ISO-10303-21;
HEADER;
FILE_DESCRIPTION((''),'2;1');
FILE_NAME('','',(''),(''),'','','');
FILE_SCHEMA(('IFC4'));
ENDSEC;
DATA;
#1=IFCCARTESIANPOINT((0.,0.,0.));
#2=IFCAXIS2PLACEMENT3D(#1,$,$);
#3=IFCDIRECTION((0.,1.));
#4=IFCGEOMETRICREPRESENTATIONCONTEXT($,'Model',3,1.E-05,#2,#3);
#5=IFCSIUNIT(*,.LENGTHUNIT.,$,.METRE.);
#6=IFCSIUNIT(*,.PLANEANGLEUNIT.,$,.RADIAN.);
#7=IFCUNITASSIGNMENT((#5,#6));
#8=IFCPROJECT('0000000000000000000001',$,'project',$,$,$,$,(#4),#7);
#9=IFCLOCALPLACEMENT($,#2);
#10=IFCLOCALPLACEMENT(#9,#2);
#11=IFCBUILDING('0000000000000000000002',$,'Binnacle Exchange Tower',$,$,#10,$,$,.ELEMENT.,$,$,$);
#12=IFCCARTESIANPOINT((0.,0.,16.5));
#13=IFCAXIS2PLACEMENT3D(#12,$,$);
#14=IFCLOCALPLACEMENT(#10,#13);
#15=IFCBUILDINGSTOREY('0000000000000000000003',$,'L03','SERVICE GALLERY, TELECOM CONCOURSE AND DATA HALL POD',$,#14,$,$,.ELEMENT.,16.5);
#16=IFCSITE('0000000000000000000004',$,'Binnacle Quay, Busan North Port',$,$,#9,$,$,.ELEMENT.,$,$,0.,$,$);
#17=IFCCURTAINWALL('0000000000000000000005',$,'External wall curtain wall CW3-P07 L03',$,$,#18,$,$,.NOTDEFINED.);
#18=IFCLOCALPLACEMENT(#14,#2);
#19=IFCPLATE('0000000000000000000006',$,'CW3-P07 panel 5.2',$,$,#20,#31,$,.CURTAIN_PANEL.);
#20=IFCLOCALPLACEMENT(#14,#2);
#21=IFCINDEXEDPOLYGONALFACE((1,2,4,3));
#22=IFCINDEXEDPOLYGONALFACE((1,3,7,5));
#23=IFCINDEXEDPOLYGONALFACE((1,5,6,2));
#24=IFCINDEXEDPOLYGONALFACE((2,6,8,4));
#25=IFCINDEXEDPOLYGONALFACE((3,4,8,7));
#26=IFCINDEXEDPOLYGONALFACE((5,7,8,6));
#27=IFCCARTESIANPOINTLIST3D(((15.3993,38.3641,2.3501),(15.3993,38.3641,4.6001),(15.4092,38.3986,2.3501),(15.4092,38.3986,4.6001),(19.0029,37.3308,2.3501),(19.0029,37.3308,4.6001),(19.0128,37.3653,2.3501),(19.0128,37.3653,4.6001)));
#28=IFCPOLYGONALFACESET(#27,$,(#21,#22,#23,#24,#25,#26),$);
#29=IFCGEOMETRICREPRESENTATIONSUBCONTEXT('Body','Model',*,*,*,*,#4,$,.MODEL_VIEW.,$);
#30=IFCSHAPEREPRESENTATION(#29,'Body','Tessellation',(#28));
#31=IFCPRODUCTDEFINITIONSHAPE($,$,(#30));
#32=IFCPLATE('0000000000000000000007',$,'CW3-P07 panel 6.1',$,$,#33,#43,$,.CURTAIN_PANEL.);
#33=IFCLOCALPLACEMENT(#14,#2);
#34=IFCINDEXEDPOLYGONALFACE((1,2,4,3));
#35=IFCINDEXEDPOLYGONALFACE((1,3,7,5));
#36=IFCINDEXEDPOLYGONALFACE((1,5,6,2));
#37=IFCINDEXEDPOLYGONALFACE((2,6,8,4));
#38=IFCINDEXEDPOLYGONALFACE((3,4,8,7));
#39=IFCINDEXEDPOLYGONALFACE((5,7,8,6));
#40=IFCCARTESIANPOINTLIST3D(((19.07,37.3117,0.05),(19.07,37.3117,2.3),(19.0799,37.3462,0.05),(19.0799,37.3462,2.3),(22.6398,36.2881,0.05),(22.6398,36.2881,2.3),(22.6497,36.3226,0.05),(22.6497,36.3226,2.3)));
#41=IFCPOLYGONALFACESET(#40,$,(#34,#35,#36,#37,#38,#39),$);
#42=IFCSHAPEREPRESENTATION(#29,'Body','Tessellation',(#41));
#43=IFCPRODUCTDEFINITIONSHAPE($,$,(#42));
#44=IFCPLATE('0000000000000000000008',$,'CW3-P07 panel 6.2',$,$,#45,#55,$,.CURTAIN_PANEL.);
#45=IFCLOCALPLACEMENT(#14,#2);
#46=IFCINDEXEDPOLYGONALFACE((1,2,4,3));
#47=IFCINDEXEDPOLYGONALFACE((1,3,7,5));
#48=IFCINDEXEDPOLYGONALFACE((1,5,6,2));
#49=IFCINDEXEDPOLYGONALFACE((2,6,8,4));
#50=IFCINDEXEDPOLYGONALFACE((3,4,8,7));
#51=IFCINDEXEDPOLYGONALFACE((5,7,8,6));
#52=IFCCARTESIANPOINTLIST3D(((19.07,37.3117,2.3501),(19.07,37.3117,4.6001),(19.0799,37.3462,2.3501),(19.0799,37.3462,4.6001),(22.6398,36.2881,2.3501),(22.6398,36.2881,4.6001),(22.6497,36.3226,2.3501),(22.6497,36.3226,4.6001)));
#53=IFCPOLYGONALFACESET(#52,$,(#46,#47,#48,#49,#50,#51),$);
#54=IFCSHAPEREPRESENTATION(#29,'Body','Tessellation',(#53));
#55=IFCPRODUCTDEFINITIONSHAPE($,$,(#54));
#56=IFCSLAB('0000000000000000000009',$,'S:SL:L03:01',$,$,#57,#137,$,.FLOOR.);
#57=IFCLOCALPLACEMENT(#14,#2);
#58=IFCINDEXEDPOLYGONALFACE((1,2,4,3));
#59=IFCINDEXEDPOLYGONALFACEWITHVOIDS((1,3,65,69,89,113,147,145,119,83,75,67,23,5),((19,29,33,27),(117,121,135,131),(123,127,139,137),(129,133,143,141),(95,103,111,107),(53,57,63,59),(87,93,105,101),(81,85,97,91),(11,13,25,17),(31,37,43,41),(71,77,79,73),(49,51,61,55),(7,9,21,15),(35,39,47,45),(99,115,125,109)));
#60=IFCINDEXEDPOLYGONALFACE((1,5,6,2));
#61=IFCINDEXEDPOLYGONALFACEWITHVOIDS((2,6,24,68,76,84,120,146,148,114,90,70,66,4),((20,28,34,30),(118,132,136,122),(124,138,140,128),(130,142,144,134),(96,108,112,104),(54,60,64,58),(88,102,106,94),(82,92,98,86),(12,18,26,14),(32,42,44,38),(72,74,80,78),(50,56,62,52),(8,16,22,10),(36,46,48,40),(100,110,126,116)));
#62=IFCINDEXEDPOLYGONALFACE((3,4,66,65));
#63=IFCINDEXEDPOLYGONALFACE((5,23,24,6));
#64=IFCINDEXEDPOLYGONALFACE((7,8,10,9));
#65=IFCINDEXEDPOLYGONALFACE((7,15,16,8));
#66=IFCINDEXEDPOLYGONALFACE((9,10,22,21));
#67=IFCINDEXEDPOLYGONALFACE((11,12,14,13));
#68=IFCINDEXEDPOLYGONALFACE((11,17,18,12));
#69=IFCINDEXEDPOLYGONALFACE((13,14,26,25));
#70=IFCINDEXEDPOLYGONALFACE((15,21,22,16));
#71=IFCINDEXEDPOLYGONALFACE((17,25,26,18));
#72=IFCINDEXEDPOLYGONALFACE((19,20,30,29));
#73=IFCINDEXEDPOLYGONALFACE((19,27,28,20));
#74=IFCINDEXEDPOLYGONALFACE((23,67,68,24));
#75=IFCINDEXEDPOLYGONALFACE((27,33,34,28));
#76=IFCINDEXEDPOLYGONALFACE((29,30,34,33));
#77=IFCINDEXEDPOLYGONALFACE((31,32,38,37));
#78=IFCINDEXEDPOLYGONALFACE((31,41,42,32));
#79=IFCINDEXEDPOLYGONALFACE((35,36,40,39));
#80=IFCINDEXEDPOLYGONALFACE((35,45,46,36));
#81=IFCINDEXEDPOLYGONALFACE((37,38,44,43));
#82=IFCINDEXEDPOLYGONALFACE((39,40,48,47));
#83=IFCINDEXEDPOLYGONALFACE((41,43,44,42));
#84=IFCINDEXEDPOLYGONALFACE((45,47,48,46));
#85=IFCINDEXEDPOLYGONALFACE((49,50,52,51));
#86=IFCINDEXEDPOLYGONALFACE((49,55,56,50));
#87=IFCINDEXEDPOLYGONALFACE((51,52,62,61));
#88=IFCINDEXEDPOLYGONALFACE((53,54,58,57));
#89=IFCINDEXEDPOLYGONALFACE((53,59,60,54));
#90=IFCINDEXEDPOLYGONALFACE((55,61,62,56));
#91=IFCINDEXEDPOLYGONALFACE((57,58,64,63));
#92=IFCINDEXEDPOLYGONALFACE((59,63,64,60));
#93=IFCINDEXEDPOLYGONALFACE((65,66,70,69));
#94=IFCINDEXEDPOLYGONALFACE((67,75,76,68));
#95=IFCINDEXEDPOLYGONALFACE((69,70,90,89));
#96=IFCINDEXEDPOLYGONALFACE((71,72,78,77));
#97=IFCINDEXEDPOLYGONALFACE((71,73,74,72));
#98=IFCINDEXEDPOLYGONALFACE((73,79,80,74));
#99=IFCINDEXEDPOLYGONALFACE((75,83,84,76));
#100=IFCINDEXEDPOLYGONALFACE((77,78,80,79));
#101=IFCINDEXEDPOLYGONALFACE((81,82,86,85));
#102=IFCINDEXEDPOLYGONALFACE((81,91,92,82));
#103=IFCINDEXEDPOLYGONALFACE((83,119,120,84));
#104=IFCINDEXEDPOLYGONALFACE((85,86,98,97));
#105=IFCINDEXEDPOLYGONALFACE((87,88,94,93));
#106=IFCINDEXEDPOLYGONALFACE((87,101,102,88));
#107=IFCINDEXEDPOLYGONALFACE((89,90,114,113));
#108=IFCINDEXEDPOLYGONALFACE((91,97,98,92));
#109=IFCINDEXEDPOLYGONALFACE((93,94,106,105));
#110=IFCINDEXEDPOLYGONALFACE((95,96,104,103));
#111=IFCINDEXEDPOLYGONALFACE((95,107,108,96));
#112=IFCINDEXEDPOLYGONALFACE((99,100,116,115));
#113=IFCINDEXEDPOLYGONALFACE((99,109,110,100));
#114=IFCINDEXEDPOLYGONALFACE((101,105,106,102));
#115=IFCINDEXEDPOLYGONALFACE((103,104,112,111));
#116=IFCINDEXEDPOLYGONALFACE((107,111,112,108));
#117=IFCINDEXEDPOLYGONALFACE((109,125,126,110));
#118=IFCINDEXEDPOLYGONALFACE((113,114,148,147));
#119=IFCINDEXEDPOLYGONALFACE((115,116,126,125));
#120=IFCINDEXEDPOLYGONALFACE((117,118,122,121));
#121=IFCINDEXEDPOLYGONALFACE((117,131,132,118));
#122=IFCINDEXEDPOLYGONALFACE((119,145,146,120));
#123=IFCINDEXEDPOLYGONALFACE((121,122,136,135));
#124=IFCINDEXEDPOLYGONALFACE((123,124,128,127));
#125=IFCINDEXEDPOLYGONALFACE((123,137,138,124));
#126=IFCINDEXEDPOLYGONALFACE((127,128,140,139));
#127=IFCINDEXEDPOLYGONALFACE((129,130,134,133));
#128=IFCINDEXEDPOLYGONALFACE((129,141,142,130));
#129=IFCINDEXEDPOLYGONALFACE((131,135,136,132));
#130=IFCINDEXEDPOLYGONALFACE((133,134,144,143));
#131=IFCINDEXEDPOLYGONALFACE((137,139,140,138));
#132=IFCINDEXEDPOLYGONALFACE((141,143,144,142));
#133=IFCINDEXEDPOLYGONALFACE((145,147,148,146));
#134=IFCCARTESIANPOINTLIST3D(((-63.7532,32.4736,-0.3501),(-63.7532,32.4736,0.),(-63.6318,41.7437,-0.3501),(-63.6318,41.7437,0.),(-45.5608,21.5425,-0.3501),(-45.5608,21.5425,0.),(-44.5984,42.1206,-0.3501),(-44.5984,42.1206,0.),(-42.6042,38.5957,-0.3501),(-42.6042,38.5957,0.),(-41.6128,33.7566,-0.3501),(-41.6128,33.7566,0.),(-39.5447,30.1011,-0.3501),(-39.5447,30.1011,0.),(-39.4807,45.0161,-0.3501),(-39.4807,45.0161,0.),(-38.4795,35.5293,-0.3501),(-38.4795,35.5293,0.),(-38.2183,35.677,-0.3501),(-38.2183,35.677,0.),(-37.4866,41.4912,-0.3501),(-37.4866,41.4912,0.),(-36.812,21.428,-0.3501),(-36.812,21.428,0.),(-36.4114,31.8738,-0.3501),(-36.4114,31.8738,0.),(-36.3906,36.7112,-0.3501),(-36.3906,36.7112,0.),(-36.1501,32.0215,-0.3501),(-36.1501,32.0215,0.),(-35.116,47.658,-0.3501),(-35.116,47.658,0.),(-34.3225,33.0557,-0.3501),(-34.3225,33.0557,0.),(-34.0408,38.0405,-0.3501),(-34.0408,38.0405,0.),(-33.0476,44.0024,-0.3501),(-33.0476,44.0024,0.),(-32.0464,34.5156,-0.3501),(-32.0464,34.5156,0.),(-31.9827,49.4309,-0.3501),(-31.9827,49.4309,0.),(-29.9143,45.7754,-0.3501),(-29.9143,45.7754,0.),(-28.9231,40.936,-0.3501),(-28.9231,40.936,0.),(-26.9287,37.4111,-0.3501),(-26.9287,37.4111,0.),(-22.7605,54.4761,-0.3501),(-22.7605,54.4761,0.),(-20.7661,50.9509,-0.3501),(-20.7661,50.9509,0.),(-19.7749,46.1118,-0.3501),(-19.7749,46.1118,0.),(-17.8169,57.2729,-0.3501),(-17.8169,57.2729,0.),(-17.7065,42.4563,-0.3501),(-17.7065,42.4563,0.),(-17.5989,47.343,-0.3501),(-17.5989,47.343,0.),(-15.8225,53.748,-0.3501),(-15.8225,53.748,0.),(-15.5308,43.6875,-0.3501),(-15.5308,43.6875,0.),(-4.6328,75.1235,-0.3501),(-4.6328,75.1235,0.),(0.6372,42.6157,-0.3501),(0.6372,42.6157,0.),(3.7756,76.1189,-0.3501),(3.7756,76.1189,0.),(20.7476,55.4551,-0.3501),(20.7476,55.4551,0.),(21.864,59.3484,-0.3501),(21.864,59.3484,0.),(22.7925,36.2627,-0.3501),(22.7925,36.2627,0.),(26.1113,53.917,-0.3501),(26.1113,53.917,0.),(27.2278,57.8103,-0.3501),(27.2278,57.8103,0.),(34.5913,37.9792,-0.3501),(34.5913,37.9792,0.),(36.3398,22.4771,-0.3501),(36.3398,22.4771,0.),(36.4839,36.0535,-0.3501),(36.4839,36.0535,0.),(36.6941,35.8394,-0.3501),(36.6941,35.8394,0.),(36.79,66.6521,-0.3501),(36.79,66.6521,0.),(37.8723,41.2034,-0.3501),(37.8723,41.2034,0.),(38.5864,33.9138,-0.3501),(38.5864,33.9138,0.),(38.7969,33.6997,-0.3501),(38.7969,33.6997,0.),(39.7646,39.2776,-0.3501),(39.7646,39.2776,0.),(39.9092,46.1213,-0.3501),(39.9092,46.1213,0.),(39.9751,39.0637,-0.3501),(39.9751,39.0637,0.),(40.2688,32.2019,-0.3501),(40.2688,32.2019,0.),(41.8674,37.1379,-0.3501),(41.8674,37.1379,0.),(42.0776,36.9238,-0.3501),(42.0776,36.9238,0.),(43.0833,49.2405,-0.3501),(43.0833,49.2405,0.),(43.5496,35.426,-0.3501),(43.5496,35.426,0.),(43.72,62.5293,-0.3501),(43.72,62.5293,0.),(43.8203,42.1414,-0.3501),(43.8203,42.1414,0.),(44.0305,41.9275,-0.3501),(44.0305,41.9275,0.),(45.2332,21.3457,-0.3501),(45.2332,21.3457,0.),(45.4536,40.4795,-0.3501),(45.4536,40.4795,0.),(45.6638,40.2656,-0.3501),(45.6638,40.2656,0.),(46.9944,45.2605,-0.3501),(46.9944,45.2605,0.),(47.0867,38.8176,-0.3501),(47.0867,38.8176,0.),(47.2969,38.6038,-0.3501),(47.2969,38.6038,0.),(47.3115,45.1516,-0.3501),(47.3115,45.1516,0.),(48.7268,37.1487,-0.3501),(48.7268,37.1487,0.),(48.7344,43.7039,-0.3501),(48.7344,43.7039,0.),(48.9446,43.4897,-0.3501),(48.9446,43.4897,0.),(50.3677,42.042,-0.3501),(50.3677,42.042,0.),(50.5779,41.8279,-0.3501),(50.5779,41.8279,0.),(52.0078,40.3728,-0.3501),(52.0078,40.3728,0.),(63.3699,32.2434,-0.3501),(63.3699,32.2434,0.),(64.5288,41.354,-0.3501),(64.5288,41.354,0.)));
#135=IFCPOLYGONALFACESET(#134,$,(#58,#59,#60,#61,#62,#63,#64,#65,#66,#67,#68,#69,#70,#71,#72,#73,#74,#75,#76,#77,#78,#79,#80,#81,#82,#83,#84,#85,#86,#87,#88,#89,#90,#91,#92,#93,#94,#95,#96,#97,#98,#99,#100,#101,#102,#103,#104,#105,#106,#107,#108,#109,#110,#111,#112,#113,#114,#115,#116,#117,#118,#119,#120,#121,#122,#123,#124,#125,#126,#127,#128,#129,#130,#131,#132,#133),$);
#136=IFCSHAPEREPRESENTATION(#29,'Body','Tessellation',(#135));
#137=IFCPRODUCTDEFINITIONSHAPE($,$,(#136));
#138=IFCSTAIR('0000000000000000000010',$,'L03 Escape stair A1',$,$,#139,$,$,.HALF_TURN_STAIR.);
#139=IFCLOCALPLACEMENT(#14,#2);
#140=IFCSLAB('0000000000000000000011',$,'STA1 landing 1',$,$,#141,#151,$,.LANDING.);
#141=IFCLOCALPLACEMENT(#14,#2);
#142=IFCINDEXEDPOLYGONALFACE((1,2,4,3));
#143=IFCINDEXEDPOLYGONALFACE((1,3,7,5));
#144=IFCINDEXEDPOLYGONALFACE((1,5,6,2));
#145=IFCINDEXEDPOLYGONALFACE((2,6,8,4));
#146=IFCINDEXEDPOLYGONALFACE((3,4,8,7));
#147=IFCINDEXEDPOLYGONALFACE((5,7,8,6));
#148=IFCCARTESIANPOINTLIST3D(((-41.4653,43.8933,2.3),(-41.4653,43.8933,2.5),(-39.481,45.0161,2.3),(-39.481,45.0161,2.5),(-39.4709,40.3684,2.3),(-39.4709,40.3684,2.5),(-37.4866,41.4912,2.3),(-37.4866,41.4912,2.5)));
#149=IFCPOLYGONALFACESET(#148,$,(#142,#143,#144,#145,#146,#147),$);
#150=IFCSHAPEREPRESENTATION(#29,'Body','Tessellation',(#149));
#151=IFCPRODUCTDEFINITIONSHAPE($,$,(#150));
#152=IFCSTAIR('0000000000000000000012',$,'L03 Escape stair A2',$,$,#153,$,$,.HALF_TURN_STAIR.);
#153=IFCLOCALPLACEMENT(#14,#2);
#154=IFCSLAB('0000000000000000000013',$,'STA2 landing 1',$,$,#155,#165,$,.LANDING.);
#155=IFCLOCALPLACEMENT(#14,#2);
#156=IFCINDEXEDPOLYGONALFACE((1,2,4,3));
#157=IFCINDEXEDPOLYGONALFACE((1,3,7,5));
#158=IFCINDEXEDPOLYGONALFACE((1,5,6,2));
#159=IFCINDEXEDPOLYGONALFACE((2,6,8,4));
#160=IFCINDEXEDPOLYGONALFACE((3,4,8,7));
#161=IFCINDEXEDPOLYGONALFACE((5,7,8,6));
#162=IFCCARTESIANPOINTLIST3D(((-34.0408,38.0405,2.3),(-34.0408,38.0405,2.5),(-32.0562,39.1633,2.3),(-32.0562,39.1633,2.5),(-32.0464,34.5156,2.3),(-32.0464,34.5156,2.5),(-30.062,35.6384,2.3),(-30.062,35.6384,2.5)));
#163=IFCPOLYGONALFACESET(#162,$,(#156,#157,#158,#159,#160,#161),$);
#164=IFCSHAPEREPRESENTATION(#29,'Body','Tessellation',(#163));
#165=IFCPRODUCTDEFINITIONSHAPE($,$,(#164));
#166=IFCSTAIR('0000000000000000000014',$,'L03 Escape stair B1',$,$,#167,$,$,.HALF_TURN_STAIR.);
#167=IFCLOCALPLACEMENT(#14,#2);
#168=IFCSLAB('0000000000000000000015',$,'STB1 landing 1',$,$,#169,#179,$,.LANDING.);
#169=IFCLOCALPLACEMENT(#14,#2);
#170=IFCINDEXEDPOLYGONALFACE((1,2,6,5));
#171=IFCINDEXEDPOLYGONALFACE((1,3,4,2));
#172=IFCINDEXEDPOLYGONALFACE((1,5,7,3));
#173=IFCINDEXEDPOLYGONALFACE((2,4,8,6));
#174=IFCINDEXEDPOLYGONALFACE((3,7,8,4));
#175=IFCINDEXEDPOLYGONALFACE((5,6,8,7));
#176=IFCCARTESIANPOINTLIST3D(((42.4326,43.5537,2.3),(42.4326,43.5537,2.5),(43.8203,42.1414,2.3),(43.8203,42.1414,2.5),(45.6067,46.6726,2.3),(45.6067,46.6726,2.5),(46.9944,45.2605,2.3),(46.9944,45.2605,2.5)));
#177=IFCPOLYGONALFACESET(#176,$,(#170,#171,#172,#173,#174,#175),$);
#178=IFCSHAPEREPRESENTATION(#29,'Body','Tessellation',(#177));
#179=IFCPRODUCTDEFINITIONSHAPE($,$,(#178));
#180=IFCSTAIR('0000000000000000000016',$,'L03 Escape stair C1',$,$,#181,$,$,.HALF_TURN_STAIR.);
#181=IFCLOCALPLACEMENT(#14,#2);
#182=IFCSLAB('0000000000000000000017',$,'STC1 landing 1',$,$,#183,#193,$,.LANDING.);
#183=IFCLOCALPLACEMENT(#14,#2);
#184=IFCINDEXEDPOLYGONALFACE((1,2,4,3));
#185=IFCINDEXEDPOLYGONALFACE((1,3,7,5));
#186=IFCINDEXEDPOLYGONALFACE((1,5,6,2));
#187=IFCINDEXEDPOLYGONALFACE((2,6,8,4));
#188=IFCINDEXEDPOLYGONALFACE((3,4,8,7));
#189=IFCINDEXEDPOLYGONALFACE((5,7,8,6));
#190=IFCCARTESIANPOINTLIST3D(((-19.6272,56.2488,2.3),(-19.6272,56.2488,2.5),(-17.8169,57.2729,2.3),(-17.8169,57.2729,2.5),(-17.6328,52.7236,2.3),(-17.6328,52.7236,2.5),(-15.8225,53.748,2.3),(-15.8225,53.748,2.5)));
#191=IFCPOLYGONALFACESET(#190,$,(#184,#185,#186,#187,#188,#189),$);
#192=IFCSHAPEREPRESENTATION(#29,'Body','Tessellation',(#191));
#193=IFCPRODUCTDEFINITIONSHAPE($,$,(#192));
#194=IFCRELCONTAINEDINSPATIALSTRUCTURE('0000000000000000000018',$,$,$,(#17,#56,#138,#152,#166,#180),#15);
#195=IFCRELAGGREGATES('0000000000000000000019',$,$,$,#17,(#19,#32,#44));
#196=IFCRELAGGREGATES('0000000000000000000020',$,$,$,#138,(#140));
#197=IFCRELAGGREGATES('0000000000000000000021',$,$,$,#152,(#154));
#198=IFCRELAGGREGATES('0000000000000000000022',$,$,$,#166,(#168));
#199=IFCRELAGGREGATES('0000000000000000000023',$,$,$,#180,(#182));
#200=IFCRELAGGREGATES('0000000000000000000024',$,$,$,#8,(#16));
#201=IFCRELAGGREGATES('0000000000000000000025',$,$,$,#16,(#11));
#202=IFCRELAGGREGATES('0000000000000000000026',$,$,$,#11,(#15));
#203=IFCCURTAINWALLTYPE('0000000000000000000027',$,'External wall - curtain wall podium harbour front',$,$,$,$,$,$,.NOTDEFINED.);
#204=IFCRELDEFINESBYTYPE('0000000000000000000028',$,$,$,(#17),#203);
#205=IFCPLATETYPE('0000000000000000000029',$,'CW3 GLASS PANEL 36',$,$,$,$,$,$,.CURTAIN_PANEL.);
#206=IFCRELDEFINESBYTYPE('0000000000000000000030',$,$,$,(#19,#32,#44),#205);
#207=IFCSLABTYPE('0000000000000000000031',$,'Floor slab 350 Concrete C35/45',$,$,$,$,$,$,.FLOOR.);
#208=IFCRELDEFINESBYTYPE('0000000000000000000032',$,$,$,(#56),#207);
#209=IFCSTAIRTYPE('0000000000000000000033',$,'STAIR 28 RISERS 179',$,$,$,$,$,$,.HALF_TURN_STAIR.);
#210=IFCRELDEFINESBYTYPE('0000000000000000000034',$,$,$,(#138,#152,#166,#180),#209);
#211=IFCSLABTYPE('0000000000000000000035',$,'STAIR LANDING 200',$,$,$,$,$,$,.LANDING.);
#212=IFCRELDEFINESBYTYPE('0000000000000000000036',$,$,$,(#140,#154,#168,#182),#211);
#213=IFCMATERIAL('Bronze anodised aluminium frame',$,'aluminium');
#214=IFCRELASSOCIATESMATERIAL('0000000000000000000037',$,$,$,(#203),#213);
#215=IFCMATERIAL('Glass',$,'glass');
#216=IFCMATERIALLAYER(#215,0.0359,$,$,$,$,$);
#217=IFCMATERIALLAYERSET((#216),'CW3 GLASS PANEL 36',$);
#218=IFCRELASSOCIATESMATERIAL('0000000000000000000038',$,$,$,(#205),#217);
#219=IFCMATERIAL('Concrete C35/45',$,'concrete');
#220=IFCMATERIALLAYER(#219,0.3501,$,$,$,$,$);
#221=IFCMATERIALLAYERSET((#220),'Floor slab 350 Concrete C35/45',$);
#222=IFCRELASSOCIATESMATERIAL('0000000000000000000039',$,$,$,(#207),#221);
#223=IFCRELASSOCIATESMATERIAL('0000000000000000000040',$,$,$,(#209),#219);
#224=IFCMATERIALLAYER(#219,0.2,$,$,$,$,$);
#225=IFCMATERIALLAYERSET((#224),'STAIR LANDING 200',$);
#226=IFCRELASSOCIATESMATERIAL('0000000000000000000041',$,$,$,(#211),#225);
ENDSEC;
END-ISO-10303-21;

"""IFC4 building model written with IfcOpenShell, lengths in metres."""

from ifc_helpers import new_model, si_unit, direction, frame, origin, origin_2d, place, context, subcontext, project, spatial, polyline, rectangle, outline, extrude, material, layer, layer_set, type_object, element, aggregate, save


model = new_model("IFC4")

# Units and contexts
model_context = context("Model", 3, precision=1e-05, world=origin(), true_north=direction((0.0, 1.0)))
body_context = subcontext(model_context, "Body", "Model", "MODEL_VIEW")
ifc_project = project(units=[si_unit("LENGTHUNIT", "METRE"), si_unit("PLANEANGLEUNIT", "RADIAN")], contexts=[model_context])

# Site, building, storey
site_placement = place(None, origin())
site = spatial("IfcSite", under=ifc_project, at=site_placement, Name="Binnacle Quay, Busan North Port", CompositionType="ELEMENT", RefElevation=0.0)
building_placement = place(site_placement, origin())
building = spatial("IfcBuilding", under=site, at=building_placement, Name="Binnacle Exchange Tower", CompositionType="ELEMENT")
storey_placement = place(building_placement, frame((0.0, 0.0, 16.5)))
storey = spatial("IfcBuildingStorey", under=building, at=storey_placement, Name="L03", Description="SERVICE GALLERY, TELECOM CONCOURSE AND DATA HALL POD", CompositionType="ELEMENT", Elevation=16.5)

# Curtain wall
ifc_material_1 = material(Name="Bronze anodised aluminium frame", Category="aluminium")
curtain_wall_type = type_object("IfcCurtainWallType", Name="External wall - curtain wall podium harbour front", PredefinedType="NOTDEFINED", material=ifc_material_1)
curtain_wall_placement = place(storey_placement, origin())
curtain_wall = element("IfcCurtainWall", 1, at=curtain_wall_placement, inside=storey, type_object=curtain_wall_type, Name="External wall curtain wall CW3-P07 L03", PredefinedType="NOTDEFINED")

# Plates
ifc_material_2 = material(Name="Glass", Category="glass")
ifc_layer_1 = layer(ifc_material_2, 0.0359)
ifc_layer_set_1 = layer_set([ifc_layer_1], Name="CW3 GLASS PANEL 36")
plate_type = type_object("IfcPlateType", Name="CW3 GLASS PANEL 36", PredefinedType="CURTAIN_PANEL", material=ifc_layer_set_1)
plate_1_placement = place(storey_placement, frame((17.2061, 37.8647, 2.3501), z_axis=(0.0, 0.0, 1.0), x_axis=(0.961262, -0.275637, 0.0)))
plate_1 = element("IfcPlate", 2, at=plate_1_placement, type_object=plate_type, Name="CW3-P07 panel 5.2", PredefinedType="CURTAIN_PANEL", context=body_context, shape_type="SweptSolid", body=[
    extrude(rectangle(XDim=3.7488, YDim=0.0359, at=origin_2d()), origin(), (0.0, 0.0, 1.0), 2.25),
])
plate_2_placement = place(storey_placement, frame((20.8599, 36.8171, 0.05), z_axis=(0.0, 0.0, 1.0), x_axis=(0.961262, -0.275637, 0.0)))
plate_2 = element("IfcPlate", 3, at=plate_2_placement, type_object=plate_type, Name="CW3-P07 panel 6.1", PredefinedType="CURTAIN_PANEL", context=body_context, shape_type="SweptSolid", body=[
    extrude(rectangle(XDim=3.7136, YDim=0.0359, at=origin_2d()), origin(), (0.0, 0.0, 1.0), 2.25),
])
plate_3_placement = place(storey_placement, frame((20.8599, 36.8171, 2.3501), z_axis=(0.0, 0.0, 1.0), x_axis=(0.961262, -0.275637, 0.0)))
plate_3 = element("IfcPlate", 4, at=plate_3_placement, type_object=plate_type, Name="CW3-P07 panel 6.2", PredefinedType="CURTAIN_PANEL", context=body_context, shape_type="SweptSolid", body=[
    extrude(rectangle(XDim=3.7136, YDim=0.0359, at=origin_2d()), origin(), (0.0, 0.0, 1.0), 2.25),
])
aggregate(curtain_wall, [plate_1, plate_2, plate_3])

# Slab
ifc_material_3 = material(Name="Concrete C35/45", Category="concrete")
ifc_layer_2 = layer(ifc_material_3, 0.3501)
ifc_layer_set_2 = layer_set([ifc_layer_2], Name="Floor slab 350 Concrete C35/45")
slab_type_1 = type_object("IfcSlabType", Name="Floor slab 350 Concrete C35/45", PredefinedType="FLOOR", material=ifc_layer_set_2)
slab_1_placement = place(storey_placement, frame((0.0, 0.0, -0.3501)))
element("IfcSlab", 5, at=slab_1_placement, inside=storey, type_object=slab_type_1, Name="S:SL:L03:01", PredefinedType="FLOOR", context=body_context, shape_type="SweptSolid", body=[
    extrude(outline(polyline([(64.5288, 41.354), (63.3699, 32.2434), (45.2332, 21.3457), (36.3398, 22.4771), (22.7925, 36.2627), (0.6372, 42.6157), (-36.812, 21.428), (-45.5608, 21.5425), (-63.7532, 32.4736), (-63.6318, 41.7437), (-4.6328, 75.1235), (3.7756, 76.1189), (36.79, 66.6521), (43.72, 62.5293), (64.5288, 41.354)]), holes=[polyline([(-38.4795, 35.5293), (-41.6128, 33.7566), (-39.5447, 30.1011), (-36.4114, 31.8738), (-38.4795, 35.5293)]), polyline([(-34.3225, 33.0557), (-36.3906, 36.7112), (-38.2183, 35.677), (-36.1501, 32.0215), (-34.3225, 33.0557)]), polyline([(-34.0408, 38.0405), (-32.0464, 34.5156), (-26.9287, 37.4111), (-28.9231, 40.936), (-34.0408, 38.0405)]), polyline([(-37.4866, 41.4912), (-39.4807, 45.0161), (-44.5984, 42.1206), (-42.6042, 38.5957), (-37.4866, 41.4912)]), polyline([(-15.5308, 43.6875), (-17.5989, 47.343), (-19.7749, 46.1118), (-17.7065, 42.4563), (-15.5308, 43.6875)]), polyline([(-29.9143, 45.7754), (-31.9827, 49.4309), (-35.116, 47.658), (-33.0476, 44.0024), (-29.9143, 45.7754)]), polyline([(-15.8225, 53.748), (-17.8169, 57.2729), (-22.7605, 54.4761), (-20.7661, 50.9509), (-15.8225, 53.748)]), polyline([(26.1113, 53.917), (27.2278, 57.8103), (21.864, 59.3484), (20.7476, 55.4551), (26.1113, 53.917)]), polyline([(40.2688, 32.2019), (43.5496, 35.426), (42.0776, 36.9238), (38.7969, 33.6997), (40.2688, 32.2019)]), polyline([(38.5864, 33.9138), (41.8674, 37.1379), (39.9751, 39.0637), (36.6941, 35.8394), (38.5864, 33.9138)]), polyline([(36.4839, 36.0535), (39.7646, 39.2776), (37.8723, 41.2034), (34.5913, 37.9792), (36.4839, 36.0535)]), polyline([(48.7268, 37.1487), (52.0078, 40.3728), (50.5779, 41.8279), (47.2969, 38.6038), (48.7268, 37.1487)]), polyline([(47.0867, 38.8176), (50.3677, 42.042), (48.9446, 43.4897), (45.6638, 40.2656), (47.0867, 38.8176)]), polyline([(45.4536, 40.4795), (48.7344, 43.7039), (47.3115, 45.1516), (44.0305, 41.9275), (45.4536, 40.4795)]), polyline([(43.8203, 42.1414), (46.9944, 45.2605), (43.0833, 49.2405), (39.9092, 46.1213), (43.8203, 42.1414)])]), origin(), (0.0, 0.0, 1.0), 0.3501),
])

# Stairs, slabs
stair_type = type_object("IfcStairType", Name="STAIR 28 RISERS 179", PredefinedType="HALF_TURN_STAIR", material=ifc_material_3)
stair_1_placement = place(storey_placement, origin())
stair_1 = element("IfcStair", 6, at=stair_1_placement, inside=storey, type_object=stair_type, Name="L03 Escape stair A1", PredefinedType="HALF_TURN_STAIR")
ifc_layer_3 = layer(ifc_material_3, 0.2)
ifc_layer_set_3 = layer_set([ifc_layer_3], Name="STAIR LANDING 200")
slab_type_2 = type_object("IfcSlabType", Name="STAIR LANDING 200", PredefinedType="LANDING", material=ifc_layer_set_3)
slab_2_placement = place(storey_placement, frame((0.0, 0.0, 2.3)))
slab_2 = element("IfcSlab", 7, at=slab_2_placement, type_object=slab_type_2, Name="STA1 landing 1", PredefinedType="LANDING", context=body_context, shape_type="SweptSolid", body=[
    extrude(outline(polyline([(-39.4709, 40.3684), (-37.4866, 41.4912), (-39.481, 45.0161), (-41.4653, 43.8933), (-39.4709, 40.3684)])), origin(), (0.0, 0.0, 1.0), 0.2),
])
aggregate(stair_1, [slab_2])
stair_2_placement = place(storey_placement, origin())
stair_2 = element("IfcStair", 8, at=stair_2_placement, inside=storey, type_object=stair_type, Name="L03 Escape stair A2", PredefinedType="HALF_TURN_STAIR")
slab_3_placement = place(storey_placement, frame((0.0, 0.0, 2.3)))
slab_3 = element("IfcSlab", 9, at=slab_3_placement, type_object=slab_type_2, Name="STA2 landing 1", PredefinedType="LANDING", context=body_context, shape_type="SweptSolid", body=[
    extrude(outline(polyline([(-32.0562, 39.1633), (-34.0408, 38.0405), (-32.0464, 34.5156), (-30.062, 35.6384), (-32.0562, 39.1633)])), origin(), (0.0, 0.0, 1.0), 0.2),
])
aggregate(stair_2, [slab_3])
stair_3_placement = place(storey_placement, origin())
stair_3 = element("IfcStair", 10, at=stair_3_placement, inside=storey, type_object=stair_type, Name="L03 Escape stair B1", PredefinedType="HALF_TURN_STAIR")
slab_4_placement = place(storey_placement, frame((0.0, 0.0, 2.3)))
slab_4 = element("IfcSlab", 11, at=slab_4_placement, type_object=slab_type_2, Name="STB1 landing 1", PredefinedType="LANDING", context=body_context, shape_type="SweptSolid", body=[
    extrude(outline(polyline([(42.4326, 43.5537), (43.8203, 42.1414), (46.9944, 45.2605), (45.6067, 46.6726), (42.4326, 43.5537)])), origin(), (0.0, 0.0, 1.0), 0.2),
])
aggregate(stair_3, [slab_4])
stair_4_placement = place(storey_placement, origin())
stair_4 = element("IfcStair", 12, at=stair_4_placement, inside=storey, type_object=stair_type, Name="L03 Escape stair C1", PredefinedType="HALF_TURN_STAIR")
slab_5_placement = place(storey_placement, frame((0.0, 0.0, 2.3)))
slab_5 = element("IfcSlab", 13, at=slab_5_placement, type_object=slab_type_2, Name="STC1 landing 1", PredefinedType="LANDING", context=body_context, shape_type="SweptSolid", body=[
    extrude(outline(polyline([(-17.6328, 52.7236), (-15.8225, 53.748), (-17.8169, 57.2729), (-19.6272, 56.2488), (-17.6328, 52.7236)])), origin(), (0.0, 0.0, 1.0), 0.2),
])
aggregate(stair_4, [slab_5])

save(model, "model.ifc")
